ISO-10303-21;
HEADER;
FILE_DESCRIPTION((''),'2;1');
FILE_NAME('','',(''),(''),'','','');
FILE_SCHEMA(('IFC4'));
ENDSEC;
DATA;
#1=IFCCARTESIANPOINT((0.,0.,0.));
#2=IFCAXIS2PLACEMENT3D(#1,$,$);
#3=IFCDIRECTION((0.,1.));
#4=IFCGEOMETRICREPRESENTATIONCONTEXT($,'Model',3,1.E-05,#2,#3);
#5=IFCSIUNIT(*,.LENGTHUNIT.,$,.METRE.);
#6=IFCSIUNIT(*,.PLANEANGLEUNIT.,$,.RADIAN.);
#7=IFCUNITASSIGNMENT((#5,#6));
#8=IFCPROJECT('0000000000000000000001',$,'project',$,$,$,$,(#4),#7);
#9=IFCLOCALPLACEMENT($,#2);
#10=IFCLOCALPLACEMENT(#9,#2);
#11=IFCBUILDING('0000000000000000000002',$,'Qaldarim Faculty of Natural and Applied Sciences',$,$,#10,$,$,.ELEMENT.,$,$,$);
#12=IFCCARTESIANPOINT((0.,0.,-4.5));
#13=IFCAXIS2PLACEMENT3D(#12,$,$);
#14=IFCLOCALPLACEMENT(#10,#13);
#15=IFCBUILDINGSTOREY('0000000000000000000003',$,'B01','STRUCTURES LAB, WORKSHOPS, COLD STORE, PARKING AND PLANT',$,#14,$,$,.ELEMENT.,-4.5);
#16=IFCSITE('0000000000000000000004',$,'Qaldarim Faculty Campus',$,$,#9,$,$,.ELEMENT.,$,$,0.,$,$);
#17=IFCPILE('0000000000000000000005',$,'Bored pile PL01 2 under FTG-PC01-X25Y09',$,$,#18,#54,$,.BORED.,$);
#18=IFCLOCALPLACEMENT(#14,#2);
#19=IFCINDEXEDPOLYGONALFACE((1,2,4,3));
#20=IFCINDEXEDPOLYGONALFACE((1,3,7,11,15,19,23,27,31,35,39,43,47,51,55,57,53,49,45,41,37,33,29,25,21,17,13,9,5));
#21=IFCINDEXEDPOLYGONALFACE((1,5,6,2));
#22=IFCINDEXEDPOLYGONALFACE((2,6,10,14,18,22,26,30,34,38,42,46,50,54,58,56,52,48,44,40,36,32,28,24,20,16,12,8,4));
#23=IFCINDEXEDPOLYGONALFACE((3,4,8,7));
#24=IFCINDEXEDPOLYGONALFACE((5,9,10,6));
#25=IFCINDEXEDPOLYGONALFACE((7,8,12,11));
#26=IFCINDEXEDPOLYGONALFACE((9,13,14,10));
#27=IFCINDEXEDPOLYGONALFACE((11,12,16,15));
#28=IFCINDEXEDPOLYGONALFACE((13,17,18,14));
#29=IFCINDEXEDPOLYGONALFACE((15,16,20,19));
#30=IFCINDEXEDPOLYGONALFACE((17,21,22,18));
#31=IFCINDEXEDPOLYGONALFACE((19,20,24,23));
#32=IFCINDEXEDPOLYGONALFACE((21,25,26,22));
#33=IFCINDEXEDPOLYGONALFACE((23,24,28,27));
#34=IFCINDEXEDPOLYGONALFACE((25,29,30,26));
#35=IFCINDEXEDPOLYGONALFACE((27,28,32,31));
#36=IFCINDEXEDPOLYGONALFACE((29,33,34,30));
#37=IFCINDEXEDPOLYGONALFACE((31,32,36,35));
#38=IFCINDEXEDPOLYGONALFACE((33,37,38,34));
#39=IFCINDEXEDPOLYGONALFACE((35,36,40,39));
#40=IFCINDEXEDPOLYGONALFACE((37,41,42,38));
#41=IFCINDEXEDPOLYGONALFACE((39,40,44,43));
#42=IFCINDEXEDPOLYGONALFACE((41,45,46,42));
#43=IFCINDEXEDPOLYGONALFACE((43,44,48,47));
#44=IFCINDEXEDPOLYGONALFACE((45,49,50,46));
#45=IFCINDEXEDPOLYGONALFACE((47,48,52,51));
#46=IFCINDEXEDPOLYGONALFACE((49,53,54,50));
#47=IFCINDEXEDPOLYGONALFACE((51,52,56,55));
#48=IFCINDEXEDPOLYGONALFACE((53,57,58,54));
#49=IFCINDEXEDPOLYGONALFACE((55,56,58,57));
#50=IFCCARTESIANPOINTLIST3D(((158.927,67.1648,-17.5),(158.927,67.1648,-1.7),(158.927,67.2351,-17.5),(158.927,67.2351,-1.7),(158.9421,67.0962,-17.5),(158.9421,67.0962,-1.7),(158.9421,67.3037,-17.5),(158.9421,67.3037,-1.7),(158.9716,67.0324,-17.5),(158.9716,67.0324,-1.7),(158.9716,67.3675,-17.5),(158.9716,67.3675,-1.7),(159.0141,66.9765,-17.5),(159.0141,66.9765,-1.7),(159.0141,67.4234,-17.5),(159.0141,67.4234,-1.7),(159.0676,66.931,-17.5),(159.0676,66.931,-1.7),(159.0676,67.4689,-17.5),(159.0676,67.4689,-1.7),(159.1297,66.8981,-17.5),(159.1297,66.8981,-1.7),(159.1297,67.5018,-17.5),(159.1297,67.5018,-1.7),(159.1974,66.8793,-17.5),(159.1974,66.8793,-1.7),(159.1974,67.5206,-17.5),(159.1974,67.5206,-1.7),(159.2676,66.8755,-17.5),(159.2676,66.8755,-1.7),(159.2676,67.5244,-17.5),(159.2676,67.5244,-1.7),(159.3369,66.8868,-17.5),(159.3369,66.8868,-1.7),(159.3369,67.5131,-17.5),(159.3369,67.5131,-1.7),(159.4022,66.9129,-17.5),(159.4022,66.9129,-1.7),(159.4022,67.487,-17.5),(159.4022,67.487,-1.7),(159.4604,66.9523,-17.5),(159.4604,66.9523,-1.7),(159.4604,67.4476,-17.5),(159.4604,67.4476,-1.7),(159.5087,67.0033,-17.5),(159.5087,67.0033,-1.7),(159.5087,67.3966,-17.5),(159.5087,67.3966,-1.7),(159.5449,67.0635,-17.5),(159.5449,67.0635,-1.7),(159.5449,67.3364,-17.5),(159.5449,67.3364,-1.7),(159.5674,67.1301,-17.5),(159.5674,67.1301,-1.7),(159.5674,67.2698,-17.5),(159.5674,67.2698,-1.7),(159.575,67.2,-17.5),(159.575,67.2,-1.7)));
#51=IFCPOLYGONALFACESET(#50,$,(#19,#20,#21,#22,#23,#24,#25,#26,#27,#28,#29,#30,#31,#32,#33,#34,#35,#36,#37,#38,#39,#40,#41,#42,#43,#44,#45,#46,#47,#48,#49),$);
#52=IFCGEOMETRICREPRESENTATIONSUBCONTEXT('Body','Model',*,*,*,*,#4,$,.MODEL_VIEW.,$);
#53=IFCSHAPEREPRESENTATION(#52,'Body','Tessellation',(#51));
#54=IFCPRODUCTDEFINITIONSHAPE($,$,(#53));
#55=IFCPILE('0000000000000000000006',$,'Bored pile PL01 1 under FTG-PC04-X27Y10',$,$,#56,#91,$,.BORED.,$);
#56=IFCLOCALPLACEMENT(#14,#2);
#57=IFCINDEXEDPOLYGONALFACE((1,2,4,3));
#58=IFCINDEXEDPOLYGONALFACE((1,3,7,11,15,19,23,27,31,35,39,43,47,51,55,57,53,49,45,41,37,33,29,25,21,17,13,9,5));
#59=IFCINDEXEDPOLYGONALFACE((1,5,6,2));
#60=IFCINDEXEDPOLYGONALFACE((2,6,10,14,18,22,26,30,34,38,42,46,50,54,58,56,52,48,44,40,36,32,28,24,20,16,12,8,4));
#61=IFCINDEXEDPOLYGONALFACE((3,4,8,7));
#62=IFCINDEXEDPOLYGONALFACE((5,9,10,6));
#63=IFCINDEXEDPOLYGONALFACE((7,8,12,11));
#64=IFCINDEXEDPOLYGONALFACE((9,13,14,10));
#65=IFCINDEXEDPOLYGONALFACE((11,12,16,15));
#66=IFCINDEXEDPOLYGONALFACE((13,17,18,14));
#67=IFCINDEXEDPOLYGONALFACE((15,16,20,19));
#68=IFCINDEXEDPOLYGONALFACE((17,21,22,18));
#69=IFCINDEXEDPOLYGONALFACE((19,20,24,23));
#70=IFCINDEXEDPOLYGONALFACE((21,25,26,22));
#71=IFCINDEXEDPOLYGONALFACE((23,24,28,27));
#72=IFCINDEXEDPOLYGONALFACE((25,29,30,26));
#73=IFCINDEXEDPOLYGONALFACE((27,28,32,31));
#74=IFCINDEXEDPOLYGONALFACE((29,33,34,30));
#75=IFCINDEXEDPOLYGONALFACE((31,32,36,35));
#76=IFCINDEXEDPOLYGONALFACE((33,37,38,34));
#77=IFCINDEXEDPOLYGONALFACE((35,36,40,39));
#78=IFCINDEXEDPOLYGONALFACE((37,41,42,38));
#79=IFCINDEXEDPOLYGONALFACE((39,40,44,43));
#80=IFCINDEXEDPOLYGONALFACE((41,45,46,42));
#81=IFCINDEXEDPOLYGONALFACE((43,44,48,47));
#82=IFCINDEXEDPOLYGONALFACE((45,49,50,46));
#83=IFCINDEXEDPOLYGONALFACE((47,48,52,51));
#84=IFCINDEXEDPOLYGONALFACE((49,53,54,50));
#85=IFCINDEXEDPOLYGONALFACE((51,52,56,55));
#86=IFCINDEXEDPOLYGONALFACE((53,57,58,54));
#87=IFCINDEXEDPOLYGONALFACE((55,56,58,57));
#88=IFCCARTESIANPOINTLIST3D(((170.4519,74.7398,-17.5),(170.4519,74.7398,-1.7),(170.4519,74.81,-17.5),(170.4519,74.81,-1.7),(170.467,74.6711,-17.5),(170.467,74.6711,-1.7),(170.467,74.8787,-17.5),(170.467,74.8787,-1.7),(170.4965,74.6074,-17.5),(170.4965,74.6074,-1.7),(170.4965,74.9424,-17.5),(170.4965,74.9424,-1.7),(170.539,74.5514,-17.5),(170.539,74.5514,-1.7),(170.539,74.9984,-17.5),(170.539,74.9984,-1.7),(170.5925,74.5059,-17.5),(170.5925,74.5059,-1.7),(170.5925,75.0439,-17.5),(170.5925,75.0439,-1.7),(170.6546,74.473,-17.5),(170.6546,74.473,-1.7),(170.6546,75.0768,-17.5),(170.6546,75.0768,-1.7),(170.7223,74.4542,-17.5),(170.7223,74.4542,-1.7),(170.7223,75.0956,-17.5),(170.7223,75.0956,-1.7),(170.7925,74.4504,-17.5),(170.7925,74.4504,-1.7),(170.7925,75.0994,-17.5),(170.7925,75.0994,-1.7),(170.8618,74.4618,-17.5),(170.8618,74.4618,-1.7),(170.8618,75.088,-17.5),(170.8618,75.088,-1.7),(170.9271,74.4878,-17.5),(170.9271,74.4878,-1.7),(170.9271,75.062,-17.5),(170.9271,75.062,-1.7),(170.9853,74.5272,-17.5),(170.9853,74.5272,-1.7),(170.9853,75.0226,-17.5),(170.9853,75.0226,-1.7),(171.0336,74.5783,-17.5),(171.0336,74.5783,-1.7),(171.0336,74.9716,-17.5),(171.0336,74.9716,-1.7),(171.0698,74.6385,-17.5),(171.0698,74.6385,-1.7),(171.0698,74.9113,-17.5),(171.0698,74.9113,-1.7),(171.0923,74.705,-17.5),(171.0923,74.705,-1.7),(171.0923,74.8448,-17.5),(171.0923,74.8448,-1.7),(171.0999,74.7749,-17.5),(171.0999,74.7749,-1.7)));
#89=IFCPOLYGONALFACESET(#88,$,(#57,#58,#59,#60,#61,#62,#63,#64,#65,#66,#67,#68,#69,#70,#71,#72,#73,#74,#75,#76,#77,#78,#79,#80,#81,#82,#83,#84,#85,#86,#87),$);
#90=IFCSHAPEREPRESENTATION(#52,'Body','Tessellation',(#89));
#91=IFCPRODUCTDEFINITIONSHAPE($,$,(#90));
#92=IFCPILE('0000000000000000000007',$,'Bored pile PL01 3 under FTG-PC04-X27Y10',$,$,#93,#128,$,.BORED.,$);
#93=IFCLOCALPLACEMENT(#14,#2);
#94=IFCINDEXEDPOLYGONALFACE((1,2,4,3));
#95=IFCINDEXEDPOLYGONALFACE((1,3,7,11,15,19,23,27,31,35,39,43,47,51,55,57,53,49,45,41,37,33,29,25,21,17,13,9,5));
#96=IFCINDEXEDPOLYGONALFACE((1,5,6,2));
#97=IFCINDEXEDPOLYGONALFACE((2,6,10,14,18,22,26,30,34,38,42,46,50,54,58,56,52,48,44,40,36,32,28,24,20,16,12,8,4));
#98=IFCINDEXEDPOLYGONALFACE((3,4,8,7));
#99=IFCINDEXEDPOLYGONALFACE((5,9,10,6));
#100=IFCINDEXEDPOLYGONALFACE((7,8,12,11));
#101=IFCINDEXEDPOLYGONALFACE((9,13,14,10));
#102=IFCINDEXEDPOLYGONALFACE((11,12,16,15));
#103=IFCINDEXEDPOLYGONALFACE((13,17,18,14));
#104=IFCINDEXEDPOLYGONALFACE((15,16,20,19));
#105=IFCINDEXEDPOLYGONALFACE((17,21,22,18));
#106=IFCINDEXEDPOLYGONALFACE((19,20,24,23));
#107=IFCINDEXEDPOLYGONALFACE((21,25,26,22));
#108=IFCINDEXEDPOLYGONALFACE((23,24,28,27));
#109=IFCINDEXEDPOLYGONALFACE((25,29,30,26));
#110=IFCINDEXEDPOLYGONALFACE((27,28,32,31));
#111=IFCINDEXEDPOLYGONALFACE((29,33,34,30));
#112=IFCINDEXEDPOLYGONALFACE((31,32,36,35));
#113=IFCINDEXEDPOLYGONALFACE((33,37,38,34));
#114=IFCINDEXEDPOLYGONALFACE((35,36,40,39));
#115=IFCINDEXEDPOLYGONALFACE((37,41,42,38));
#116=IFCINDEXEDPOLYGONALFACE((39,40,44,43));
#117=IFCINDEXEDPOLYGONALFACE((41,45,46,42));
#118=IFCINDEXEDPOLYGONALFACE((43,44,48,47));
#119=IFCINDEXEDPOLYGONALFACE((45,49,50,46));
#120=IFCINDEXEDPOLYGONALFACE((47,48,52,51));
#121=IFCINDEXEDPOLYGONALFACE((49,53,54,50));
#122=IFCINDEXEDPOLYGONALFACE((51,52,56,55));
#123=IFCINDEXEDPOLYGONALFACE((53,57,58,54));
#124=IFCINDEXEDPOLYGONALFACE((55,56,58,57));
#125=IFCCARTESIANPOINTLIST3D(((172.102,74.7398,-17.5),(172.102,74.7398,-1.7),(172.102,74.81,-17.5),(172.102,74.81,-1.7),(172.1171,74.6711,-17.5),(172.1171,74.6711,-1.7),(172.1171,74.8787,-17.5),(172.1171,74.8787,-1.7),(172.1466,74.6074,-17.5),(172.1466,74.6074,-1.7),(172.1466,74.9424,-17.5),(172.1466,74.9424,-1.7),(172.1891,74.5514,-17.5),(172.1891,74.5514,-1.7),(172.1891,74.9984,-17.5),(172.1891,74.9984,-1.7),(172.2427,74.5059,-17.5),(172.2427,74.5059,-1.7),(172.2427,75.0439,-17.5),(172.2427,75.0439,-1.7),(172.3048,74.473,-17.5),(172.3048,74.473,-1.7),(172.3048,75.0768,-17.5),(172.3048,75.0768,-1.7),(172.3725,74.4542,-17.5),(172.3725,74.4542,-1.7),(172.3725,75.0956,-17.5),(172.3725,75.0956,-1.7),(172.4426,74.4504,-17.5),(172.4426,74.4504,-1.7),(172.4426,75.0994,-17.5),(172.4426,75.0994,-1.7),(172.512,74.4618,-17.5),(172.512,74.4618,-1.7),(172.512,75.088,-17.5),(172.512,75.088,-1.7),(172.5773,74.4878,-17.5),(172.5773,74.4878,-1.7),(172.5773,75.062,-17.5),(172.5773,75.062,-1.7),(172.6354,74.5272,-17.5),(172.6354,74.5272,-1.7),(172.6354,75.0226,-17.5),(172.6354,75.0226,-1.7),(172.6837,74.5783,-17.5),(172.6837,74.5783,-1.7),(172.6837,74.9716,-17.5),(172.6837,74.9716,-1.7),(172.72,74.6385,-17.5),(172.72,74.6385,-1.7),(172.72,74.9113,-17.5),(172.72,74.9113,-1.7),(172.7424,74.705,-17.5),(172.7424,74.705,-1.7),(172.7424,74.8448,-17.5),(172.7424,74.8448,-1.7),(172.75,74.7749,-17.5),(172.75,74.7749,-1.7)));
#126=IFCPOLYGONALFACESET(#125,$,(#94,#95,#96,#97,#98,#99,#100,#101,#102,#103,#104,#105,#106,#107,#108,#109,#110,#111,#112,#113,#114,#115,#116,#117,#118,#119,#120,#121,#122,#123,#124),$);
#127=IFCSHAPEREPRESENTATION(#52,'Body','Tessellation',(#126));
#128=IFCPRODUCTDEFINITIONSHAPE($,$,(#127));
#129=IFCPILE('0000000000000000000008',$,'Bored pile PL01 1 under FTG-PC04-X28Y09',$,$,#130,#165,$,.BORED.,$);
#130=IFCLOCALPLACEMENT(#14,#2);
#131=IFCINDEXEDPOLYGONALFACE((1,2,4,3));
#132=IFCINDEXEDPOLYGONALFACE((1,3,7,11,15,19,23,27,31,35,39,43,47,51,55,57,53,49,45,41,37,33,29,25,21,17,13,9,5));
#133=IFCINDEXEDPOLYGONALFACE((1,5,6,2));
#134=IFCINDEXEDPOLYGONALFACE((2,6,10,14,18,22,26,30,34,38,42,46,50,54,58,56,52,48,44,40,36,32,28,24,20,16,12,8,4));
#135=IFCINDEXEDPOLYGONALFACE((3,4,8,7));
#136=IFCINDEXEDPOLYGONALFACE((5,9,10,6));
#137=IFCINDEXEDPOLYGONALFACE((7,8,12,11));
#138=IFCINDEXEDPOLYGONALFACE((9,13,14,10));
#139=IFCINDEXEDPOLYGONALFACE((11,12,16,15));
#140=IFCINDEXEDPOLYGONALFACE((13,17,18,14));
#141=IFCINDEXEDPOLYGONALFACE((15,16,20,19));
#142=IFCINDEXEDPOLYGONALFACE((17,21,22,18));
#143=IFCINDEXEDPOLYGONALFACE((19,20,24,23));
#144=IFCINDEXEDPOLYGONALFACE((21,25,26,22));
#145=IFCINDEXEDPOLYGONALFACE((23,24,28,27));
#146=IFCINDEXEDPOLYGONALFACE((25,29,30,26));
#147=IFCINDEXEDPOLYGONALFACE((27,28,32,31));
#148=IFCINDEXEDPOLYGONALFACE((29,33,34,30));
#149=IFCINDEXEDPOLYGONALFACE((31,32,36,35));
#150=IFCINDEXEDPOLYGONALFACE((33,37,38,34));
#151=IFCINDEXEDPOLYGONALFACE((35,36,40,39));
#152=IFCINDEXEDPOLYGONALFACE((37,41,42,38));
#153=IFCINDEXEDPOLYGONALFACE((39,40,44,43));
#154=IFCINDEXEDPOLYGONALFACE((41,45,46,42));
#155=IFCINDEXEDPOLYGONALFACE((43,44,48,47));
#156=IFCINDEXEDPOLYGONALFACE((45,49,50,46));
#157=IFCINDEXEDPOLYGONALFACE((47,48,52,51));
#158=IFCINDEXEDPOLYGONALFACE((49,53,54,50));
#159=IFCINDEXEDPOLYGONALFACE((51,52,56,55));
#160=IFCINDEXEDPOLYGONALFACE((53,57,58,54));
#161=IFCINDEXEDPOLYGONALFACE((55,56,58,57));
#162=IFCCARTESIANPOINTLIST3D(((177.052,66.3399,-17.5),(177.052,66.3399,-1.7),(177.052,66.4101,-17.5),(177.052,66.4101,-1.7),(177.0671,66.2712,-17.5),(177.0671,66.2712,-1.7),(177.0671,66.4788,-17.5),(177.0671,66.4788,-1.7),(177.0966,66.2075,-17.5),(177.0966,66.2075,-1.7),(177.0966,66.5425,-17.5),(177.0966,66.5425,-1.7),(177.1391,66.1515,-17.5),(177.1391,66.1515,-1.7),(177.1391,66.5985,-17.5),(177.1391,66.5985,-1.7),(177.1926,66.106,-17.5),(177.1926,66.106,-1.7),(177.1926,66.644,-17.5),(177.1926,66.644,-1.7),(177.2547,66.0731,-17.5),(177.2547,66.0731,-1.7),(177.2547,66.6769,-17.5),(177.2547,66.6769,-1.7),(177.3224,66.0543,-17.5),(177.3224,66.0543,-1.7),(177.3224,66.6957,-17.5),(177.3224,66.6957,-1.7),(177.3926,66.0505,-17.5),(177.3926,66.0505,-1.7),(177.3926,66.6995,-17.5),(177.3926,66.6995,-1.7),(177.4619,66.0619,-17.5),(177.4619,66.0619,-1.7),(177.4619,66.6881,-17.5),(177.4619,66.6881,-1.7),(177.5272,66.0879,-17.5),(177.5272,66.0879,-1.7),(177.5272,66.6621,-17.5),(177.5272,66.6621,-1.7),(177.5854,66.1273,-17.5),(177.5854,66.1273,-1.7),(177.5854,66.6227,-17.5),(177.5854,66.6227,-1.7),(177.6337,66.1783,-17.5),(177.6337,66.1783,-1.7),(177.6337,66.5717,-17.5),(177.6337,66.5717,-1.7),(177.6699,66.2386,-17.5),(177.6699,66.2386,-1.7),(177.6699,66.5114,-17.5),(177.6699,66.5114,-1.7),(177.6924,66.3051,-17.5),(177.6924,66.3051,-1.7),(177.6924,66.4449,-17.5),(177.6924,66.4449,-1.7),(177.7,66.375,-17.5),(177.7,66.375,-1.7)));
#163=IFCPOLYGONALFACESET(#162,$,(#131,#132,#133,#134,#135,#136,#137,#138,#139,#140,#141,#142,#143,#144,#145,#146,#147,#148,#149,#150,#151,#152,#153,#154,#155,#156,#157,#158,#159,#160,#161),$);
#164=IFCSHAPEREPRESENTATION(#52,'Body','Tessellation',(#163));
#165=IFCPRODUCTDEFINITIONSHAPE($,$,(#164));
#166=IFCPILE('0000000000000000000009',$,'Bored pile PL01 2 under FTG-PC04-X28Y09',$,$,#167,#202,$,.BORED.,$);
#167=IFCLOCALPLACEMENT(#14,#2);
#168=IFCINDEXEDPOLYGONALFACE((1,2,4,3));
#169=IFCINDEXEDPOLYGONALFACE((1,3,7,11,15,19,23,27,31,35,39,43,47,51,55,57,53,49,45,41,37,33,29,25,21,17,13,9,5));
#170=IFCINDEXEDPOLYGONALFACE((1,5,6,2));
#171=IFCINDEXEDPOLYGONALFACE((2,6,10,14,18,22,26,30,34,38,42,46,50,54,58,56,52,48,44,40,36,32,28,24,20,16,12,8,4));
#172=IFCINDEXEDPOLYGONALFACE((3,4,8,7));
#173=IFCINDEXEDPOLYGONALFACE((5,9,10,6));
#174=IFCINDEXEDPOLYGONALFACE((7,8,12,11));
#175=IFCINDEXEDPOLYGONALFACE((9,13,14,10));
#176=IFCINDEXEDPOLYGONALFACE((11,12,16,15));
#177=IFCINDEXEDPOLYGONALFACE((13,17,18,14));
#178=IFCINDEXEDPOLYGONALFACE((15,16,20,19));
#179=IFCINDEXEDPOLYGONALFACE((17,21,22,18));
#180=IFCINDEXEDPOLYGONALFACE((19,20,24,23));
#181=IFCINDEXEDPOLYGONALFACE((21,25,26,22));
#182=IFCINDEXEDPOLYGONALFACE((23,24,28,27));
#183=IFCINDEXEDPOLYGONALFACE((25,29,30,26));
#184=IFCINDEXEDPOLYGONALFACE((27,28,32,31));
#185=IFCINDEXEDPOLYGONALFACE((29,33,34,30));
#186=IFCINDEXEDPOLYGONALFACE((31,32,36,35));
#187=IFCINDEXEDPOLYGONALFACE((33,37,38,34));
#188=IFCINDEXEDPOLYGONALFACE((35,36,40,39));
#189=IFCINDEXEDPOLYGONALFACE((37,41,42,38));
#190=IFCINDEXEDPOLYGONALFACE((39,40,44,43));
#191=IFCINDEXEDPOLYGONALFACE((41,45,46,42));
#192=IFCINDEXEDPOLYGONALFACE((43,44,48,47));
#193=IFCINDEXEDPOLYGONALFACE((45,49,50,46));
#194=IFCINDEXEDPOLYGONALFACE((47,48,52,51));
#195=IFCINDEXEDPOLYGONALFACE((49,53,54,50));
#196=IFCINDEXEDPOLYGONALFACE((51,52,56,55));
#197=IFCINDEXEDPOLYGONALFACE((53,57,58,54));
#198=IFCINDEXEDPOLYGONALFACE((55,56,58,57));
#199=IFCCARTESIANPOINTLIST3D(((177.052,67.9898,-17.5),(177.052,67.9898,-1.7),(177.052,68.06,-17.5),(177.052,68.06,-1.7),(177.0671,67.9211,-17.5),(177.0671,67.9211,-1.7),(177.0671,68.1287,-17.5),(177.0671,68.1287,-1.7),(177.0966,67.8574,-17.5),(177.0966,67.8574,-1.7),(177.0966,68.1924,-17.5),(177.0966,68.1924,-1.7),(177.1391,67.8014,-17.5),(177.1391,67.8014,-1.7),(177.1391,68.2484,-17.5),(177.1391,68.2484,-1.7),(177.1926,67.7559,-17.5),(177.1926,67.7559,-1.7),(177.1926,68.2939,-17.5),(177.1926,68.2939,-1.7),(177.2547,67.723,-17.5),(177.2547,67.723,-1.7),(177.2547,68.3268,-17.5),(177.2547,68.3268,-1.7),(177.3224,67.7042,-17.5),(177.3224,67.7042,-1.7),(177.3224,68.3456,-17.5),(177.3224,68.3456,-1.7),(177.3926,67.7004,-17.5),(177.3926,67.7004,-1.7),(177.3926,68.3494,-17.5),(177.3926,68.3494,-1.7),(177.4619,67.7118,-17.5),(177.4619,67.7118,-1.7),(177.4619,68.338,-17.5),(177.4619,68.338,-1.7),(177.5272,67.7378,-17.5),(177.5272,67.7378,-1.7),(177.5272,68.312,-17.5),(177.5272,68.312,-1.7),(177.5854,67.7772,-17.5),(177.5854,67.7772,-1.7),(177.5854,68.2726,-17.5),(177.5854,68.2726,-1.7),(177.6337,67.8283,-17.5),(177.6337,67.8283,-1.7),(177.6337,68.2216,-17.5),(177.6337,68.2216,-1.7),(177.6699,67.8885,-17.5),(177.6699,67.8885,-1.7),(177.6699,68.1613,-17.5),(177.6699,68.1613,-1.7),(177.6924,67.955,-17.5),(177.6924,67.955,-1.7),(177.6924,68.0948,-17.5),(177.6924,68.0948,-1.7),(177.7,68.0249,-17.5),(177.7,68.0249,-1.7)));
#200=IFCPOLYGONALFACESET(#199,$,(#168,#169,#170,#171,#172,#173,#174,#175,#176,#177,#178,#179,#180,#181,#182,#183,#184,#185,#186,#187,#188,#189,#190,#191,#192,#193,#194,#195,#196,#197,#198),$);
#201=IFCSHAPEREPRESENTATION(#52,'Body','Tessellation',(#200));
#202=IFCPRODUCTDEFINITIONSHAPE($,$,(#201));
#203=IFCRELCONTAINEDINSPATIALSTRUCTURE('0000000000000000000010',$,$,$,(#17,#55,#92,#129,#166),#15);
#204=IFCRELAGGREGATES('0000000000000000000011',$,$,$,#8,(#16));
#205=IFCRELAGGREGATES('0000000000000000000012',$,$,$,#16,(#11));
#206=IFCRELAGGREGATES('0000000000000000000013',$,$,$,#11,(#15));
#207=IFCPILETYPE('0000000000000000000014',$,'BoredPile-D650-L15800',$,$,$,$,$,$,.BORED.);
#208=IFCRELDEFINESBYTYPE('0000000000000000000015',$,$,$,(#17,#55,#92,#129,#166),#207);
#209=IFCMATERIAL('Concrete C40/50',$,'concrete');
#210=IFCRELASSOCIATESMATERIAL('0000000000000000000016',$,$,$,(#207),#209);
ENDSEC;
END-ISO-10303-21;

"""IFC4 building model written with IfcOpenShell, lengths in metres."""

from ifc_helpers import new_model, si_unit, direction, frame, origin, origin_2d, place, context, subcontext, project, spatial, circle, extrude, material, material_profile, profile_set, type_object, element, save


model = new_model("IFC4")

# Units and contexts
model_context = context("Model", 3, precision=1e-05, world=origin(), true_north=direction((0.0, 1.0)))
body_context = subcontext(model_context, "Body", "Model", "MODEL_VIEW")
ifc_project = project(units=[si_unit("LENGTHUNIT", "METRE"), si_unit("PLANEANGLEUNIT", "RADIAN")], contexts=[model_context])

# Site, building, storey
site_placement = place(None, origin())
site = spatial("IfcSite", under=ifc_project, at=site_placement, Name="Qaldarim Faculty Campus", CompositionType="ELEMENT", RefElevation=0.0)
building_placement = place(site_placement, origin())
building = spatial("IfcBuilding", under=site, at=building_placement, Name="Qaldarim Faculty of Natural and Applied Sciences", CompositionType="ELEMENT")
storey_placement = place(building_placement, frame((0.0, 0.0, -4.5)))
storey = spatial("IfcBuildingStorey", under=building, at=storey_placement, Name="B01", Description="STRUCTURES LAB, WORKSHOPS, COLD STORE, PARKING AND PLANT", CompositionType="ELEMENT", Elevation=-4.5)

# Piles
ifc_material_1 = material(Name="Concrete C40/50", Category="concrete")
ifc_material_profile_1 = material_profile(ifc_material_1, circle(Radius=0.325, at=origin_2d()), Name="PILE-D650")
ifc_profile_set_1 = profile_set([ifc_material_profile_1], Name="Concrete C40/50")
pile_type_1 = type_object("IfcPileType", Name="BoredPile-D650-L15800", PredefinedType="BORED", material=ifc_profile_set_1)
for number, where, z_axis, x_axis, name in (
    (1, (159.25, 67.2, -1.7), (0.0, 0.0, -1.0), (1.0, 0.0, 0.0), "Bored pile PL01 2 under FTG-PC01-X25Y09"),
    (2, (170.7749, 74.7749, -1.7), (0.0, 0.0, -1.0), (1.0, 0.0, 0.0), "Bored pile PL01 1 under FTG-PC04-X27Y10"),
    (3, (172.425, 74.7749, -1.7), (0.0, 0.0, -1.0), (1.0, 0.0, 0.0), "Bored pile PL01 3 under FTG-PC04-X27Y10"),
    (4, (177.375, 66.375, -1.7), (0.0, 0.0, -1.0), (1.0, 0.0, 0.0), "Bored pile PL01 1 under FTG-PC04-X28Y09"),
    (5, (177.375, 68.0249, -1.7), (0.0, 0.0, -1.0), (1.0, 0.0, 0.0), "Bored pile PL01 2 under FTG-PC04-X28Y09"),
):
    element("IfcPile", number, at=place(storey_placement, frame(where, z_axis=z_axis, x_axis=x_axis)), inside=storey, type_object=pile_type_1, Name=name, PredefinedType="BORED", context=body_context, shape_type="SweptSolid", body=[
        extrude(circle(Radius=0.325, at=origin_2d()), origin(), (0.0, 0.0, 1.0), 15.8),
    ])

save(model, "model.ifc")
